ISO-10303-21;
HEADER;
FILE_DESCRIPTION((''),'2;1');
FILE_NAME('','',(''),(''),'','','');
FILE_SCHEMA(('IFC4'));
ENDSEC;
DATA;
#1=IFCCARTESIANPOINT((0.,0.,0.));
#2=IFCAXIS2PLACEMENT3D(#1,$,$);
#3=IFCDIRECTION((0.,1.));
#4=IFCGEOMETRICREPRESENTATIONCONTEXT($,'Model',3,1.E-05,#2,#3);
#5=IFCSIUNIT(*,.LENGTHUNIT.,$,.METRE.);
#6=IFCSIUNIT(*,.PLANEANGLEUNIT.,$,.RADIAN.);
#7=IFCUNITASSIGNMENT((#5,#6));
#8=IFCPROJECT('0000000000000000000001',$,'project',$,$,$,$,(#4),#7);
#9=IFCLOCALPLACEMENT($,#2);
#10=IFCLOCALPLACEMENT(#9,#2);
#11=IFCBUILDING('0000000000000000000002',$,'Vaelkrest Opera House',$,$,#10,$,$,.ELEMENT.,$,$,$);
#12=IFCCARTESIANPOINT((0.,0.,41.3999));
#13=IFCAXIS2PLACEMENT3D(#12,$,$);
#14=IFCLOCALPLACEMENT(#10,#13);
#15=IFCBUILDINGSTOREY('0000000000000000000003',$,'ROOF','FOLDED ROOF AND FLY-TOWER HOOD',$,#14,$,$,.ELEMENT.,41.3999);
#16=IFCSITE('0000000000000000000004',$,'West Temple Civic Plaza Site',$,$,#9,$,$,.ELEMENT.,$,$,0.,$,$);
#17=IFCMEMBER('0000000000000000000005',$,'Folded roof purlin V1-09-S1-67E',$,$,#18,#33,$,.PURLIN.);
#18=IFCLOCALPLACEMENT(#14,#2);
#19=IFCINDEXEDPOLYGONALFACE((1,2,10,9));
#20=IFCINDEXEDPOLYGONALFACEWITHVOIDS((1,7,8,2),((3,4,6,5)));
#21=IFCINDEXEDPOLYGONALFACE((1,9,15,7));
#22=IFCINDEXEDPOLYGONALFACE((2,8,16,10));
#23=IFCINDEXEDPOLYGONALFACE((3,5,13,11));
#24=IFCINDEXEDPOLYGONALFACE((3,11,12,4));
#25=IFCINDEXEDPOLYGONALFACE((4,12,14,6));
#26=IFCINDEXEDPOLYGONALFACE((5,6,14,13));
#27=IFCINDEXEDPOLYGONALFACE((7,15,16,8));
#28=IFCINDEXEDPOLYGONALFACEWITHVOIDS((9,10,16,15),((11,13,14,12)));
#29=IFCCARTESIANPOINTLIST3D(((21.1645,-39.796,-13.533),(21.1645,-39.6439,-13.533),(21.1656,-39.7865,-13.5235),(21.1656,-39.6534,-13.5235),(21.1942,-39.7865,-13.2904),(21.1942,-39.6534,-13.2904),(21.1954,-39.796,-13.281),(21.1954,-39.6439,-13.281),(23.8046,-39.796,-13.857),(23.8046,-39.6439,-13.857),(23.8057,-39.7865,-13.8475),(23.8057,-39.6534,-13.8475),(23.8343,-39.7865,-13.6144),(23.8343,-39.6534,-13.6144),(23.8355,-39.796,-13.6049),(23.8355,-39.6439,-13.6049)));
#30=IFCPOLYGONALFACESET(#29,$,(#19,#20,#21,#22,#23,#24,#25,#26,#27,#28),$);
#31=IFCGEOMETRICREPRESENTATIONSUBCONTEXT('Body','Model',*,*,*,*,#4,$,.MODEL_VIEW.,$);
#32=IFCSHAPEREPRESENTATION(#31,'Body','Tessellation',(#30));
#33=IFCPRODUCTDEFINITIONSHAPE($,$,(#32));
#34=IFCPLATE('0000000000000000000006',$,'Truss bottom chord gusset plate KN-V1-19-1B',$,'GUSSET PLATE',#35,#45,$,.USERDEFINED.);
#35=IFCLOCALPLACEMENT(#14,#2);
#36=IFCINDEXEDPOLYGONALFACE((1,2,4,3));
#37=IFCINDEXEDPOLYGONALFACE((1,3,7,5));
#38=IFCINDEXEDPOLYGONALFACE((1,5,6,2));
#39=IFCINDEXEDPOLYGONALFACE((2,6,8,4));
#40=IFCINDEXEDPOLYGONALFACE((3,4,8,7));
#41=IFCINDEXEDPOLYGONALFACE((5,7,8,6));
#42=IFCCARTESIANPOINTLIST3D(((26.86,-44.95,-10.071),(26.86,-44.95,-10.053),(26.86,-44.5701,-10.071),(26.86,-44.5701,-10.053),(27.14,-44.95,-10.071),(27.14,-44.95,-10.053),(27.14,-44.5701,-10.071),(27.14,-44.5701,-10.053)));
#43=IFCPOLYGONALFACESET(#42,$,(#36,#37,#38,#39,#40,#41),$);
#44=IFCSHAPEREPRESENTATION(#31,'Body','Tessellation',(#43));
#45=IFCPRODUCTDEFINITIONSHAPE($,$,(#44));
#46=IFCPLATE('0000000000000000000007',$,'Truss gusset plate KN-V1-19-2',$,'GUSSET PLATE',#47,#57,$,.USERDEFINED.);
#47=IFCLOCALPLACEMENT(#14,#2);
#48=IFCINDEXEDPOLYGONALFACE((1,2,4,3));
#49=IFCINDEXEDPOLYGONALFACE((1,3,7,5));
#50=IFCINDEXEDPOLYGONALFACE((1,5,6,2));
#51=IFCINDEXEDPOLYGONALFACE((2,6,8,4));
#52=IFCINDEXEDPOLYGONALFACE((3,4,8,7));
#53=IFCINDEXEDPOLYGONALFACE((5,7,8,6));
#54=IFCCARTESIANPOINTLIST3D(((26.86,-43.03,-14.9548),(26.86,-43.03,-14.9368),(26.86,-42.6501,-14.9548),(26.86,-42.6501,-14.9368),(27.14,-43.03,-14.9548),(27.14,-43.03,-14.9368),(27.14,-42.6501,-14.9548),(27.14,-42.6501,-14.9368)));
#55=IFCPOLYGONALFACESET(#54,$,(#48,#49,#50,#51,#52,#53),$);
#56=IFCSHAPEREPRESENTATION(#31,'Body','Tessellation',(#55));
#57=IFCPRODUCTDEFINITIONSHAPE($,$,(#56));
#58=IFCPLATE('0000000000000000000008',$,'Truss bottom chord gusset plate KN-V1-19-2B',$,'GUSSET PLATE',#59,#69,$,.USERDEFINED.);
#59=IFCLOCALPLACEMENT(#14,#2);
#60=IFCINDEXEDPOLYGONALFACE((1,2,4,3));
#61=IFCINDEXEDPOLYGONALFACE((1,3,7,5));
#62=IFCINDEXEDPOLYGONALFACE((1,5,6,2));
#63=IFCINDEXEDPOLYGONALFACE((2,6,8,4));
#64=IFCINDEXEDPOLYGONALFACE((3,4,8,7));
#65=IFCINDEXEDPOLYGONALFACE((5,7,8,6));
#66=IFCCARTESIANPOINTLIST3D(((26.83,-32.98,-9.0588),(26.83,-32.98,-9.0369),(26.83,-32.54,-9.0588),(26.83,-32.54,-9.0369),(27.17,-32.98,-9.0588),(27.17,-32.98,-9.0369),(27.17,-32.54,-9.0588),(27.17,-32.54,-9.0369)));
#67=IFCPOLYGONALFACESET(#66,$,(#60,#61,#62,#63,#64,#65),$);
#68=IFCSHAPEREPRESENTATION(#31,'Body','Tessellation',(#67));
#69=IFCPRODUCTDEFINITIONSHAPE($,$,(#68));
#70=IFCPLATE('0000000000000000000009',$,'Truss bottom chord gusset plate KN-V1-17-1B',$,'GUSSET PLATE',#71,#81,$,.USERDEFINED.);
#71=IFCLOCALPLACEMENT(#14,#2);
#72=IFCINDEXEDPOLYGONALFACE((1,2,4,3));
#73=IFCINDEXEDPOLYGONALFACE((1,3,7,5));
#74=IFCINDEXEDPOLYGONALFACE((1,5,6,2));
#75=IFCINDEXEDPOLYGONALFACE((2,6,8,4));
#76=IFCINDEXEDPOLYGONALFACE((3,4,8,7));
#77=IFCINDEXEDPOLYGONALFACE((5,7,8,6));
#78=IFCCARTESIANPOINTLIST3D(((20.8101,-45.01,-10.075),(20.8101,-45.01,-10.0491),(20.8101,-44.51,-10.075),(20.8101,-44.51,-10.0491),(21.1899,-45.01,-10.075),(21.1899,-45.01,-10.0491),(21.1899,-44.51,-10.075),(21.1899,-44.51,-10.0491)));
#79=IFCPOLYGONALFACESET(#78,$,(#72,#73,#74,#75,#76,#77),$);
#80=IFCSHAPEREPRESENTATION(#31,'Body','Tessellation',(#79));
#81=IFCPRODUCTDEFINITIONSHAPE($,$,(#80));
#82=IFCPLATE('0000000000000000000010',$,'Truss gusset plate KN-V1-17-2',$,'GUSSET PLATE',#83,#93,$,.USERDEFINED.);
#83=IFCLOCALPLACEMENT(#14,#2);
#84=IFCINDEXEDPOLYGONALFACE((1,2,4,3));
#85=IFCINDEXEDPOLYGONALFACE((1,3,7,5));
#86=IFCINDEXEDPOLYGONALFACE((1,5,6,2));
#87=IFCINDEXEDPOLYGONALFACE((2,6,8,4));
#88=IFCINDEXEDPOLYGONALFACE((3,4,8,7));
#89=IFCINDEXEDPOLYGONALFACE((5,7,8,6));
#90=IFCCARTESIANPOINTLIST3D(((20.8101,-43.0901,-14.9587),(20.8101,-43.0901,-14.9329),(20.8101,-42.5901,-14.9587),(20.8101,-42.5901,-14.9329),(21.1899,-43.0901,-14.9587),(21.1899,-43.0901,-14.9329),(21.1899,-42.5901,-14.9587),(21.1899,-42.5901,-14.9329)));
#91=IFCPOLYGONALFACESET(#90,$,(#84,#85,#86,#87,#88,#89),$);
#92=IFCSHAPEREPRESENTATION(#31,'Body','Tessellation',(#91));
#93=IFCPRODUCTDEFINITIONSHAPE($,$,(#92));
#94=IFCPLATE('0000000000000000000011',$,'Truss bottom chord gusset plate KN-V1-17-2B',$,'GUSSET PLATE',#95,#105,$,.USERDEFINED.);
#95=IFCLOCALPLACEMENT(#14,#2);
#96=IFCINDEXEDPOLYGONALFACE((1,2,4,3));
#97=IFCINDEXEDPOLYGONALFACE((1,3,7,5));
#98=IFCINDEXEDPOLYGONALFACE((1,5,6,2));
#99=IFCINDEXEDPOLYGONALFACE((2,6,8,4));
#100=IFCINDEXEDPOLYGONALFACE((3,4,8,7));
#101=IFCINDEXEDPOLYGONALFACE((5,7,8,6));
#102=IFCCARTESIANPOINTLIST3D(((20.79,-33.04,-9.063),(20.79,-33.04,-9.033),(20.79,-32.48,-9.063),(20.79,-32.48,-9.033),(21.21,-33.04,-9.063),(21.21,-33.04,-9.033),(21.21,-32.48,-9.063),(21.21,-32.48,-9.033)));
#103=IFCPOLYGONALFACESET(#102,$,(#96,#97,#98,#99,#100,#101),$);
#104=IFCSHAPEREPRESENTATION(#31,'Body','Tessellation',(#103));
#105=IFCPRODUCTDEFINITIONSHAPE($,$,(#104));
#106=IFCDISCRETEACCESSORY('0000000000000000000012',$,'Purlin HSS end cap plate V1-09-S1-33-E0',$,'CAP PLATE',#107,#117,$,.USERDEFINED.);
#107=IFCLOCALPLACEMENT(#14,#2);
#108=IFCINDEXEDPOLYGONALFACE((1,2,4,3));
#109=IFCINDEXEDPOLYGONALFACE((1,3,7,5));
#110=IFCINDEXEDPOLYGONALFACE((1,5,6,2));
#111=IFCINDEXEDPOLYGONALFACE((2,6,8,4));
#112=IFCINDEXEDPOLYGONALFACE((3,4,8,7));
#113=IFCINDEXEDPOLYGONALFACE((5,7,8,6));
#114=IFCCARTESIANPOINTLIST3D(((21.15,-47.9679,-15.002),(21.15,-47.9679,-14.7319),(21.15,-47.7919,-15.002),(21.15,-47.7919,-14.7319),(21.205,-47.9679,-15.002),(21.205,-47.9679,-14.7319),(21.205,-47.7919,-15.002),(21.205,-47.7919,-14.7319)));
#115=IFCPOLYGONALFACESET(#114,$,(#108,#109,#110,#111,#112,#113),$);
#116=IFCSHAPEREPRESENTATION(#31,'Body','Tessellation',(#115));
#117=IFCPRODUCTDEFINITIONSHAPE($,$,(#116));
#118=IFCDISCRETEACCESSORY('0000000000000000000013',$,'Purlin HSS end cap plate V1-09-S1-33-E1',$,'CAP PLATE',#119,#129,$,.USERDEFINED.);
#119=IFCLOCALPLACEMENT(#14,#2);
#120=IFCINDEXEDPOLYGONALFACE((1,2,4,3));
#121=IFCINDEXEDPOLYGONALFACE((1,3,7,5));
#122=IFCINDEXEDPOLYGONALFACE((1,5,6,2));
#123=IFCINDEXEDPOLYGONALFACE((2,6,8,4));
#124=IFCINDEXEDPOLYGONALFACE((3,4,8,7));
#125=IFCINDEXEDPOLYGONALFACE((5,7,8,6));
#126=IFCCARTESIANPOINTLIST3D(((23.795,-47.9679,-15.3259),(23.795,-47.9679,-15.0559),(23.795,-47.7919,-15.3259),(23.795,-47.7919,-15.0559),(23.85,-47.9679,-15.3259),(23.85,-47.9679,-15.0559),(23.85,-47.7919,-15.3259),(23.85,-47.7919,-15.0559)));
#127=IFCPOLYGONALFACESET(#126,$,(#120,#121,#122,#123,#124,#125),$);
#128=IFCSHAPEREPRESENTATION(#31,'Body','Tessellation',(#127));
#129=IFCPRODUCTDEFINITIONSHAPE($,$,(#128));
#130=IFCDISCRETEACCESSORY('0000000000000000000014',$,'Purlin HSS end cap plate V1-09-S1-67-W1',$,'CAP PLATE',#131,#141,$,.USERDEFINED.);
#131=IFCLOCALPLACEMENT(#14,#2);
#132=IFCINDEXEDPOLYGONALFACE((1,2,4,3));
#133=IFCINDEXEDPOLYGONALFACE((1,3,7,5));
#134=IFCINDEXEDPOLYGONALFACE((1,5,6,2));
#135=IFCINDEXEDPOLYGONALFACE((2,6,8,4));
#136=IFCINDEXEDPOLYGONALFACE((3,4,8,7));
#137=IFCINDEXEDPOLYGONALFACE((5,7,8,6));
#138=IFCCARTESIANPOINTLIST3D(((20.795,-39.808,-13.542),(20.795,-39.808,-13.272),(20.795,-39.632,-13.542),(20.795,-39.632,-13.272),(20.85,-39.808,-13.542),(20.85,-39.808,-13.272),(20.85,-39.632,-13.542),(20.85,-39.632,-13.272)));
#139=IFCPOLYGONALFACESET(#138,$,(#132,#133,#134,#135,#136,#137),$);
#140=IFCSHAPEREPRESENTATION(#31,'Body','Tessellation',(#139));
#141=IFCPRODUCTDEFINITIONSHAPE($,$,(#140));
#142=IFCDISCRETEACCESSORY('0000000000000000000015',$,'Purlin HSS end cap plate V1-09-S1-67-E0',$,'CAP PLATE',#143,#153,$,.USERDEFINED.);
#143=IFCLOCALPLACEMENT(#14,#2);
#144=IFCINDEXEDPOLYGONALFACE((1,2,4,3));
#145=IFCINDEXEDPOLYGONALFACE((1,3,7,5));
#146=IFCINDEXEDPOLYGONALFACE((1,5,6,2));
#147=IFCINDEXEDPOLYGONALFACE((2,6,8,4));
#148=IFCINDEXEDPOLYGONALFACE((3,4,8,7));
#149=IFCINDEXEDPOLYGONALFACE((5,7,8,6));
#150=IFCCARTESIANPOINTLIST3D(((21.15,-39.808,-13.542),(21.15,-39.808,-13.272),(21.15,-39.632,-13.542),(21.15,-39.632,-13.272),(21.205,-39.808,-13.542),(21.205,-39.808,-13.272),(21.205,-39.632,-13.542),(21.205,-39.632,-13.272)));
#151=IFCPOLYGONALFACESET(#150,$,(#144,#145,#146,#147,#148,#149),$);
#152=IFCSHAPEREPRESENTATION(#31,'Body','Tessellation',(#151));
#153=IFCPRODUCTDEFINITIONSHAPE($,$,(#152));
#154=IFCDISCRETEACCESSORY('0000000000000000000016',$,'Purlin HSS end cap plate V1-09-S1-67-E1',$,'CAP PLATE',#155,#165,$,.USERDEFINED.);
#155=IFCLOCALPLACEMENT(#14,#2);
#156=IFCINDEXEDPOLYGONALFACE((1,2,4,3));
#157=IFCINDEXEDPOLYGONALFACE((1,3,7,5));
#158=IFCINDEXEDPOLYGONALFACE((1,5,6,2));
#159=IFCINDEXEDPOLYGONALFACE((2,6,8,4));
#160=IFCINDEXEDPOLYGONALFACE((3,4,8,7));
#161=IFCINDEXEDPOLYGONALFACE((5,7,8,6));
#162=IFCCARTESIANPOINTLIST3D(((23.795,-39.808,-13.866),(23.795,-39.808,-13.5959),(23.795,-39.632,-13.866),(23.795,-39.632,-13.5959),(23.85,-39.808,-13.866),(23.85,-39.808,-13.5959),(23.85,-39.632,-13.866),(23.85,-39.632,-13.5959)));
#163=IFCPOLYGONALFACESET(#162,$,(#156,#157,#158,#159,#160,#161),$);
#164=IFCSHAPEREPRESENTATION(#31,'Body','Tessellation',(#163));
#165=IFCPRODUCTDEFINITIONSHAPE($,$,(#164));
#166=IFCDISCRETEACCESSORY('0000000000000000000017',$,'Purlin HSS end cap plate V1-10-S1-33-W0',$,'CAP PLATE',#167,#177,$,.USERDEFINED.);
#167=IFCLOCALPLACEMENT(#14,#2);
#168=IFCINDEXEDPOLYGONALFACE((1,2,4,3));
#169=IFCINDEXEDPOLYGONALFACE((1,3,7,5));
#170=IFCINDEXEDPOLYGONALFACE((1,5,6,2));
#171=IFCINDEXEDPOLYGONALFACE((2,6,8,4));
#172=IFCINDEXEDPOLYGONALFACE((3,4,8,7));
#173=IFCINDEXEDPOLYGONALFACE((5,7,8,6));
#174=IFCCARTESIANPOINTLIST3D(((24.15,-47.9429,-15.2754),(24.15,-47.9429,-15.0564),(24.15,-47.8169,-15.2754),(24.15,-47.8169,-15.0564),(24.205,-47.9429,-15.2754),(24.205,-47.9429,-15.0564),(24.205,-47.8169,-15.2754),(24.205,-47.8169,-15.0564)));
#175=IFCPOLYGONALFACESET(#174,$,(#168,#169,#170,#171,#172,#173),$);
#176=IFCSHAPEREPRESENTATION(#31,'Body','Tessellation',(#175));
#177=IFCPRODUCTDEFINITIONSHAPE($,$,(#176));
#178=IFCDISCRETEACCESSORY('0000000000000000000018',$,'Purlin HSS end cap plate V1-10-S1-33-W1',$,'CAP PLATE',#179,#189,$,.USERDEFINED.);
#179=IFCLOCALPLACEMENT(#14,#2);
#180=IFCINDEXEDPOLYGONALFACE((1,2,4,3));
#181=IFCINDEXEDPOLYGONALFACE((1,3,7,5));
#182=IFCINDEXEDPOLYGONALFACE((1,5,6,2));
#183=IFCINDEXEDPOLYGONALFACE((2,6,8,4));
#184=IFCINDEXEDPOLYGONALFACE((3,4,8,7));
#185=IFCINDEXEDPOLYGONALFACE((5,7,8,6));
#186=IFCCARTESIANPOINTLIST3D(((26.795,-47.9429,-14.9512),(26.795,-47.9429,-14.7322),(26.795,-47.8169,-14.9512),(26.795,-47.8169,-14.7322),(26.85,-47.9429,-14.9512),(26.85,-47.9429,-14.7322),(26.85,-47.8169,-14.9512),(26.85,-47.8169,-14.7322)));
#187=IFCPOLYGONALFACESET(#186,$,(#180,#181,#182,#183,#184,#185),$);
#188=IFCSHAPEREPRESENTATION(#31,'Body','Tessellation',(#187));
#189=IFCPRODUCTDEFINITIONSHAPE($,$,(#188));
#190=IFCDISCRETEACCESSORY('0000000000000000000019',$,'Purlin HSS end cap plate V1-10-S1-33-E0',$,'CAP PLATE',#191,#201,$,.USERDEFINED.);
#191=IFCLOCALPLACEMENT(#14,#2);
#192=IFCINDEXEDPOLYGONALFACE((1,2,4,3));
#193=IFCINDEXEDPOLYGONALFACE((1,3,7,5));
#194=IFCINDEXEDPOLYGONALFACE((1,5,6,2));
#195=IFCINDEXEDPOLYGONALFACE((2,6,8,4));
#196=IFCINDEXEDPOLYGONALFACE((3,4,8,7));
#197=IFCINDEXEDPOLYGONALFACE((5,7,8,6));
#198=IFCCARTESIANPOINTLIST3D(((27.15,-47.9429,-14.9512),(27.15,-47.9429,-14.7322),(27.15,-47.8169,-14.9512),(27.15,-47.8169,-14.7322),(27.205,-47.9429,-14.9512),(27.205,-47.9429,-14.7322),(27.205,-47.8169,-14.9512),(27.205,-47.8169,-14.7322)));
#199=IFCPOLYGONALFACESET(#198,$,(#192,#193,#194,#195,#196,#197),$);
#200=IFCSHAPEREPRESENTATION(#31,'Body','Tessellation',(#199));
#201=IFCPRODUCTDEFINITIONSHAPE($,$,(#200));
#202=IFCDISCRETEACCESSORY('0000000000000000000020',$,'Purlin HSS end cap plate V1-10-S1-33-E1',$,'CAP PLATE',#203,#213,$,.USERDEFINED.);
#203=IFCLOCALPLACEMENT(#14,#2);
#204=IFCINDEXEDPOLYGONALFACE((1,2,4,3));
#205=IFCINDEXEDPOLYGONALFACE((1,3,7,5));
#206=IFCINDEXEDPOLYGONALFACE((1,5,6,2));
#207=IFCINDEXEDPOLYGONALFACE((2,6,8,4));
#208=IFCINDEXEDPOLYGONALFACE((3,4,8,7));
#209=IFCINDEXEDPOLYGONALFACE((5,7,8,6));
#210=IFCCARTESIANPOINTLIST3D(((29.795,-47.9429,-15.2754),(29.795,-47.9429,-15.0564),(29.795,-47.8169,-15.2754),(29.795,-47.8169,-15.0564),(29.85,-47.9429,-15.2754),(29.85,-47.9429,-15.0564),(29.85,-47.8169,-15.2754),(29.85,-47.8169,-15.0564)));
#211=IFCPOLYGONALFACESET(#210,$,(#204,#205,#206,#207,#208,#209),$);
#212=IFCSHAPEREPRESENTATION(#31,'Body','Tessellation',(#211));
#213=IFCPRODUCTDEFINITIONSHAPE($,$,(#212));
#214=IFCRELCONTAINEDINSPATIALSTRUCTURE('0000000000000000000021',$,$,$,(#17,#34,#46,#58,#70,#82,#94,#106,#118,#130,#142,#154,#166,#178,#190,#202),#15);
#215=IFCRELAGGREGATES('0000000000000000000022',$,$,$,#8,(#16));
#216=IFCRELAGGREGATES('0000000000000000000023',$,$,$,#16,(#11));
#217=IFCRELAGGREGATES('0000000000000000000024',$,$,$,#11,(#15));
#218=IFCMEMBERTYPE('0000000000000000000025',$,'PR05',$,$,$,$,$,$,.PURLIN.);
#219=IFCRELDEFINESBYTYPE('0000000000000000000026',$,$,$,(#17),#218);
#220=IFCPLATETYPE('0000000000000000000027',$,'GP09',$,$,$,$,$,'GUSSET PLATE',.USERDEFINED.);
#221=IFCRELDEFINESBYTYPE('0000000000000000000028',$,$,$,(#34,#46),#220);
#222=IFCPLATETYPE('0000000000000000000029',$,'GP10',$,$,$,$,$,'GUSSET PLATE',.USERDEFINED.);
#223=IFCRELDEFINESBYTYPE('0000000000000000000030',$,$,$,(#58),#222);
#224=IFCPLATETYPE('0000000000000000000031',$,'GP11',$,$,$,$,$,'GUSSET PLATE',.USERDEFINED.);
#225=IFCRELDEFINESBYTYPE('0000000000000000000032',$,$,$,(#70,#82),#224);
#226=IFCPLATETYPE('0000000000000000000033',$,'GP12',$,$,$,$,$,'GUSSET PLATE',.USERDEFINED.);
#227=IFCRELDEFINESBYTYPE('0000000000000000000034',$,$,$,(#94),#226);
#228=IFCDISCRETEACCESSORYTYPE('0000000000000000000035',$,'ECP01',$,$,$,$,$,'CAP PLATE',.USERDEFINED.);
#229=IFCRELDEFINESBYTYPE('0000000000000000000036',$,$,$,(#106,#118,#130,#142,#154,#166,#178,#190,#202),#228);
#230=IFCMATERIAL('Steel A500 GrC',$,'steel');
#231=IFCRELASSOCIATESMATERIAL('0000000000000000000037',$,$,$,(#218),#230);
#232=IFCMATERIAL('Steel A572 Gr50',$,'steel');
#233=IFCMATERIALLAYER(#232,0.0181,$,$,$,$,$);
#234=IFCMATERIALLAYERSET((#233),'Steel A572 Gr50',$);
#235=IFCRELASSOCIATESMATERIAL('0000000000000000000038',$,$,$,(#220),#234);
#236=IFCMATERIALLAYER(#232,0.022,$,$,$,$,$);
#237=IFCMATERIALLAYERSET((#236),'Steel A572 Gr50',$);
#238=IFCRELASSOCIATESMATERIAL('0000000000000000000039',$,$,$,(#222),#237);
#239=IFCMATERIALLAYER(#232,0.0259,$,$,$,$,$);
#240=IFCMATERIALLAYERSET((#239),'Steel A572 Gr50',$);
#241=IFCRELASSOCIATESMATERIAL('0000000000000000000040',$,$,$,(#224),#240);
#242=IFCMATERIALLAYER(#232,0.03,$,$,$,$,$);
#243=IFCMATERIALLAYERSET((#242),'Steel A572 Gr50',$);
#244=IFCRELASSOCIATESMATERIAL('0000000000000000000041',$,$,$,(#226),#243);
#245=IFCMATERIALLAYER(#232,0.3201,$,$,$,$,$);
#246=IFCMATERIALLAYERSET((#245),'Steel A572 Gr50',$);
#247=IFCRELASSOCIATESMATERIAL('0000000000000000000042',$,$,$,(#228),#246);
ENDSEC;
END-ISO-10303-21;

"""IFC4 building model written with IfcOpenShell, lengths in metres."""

from ifc_helpers import new_model, si_unit, direction, frame, origin, origin_2d, place, context, subcontext, project, spatial, rectangle, hollow_rectangle, extrude, material, layer, layer_set, material_profile, profile_set, type_object, element, save


model = new_model("IFC4")

# Units and contexts
model_context = context("Model", 3, precision=1e-05, world=origin(), true_north=direction((0.0, 1.0)))
body_context = subcontext(model_context, "Body", "Model", "MODEL_VIEW")
ifc_project = project(units=[si_unit("LENGTHUNIT", "METRE"), si_unit("PLANEANGLEUNIT", "RADIAN")], contexts=[model_context])

# Site, building, storey
site_placement = place(None, origin())
site = spatial("IfcSite", under=ifc_project, at=site_placement, Name="West Temple Civic Plaza Site", CompositionType="ELEMENT", RefElevation=0.0)
building_placement = place(site_placement, origin())
building = spatial("IfcBuilding", under=site, at=building_placement, Name="Vaelkrest Opera House", CompositionType="ELEMENT")
storey_placement = place(building_placement, frame((0.0, 0.0, 41.3999)))
storey = spatial("IfcBuildingStorey", under=building, at=storey_placement, Name="ROOF", Description="FOLDED ROOF AND FLY-TOWER HOOD", CompositionType="ELEMENT", Elevation=41.3999)

# Member
ifc_material_1 = material(Name="Steel A500 GrC", Category="steel")
ifc_material_profile_1 = material_profile(ifc_material_1, hollow_rectangle(XDim=0.1521, YDim=0.2539, WallThickness=0.0095, at=origin_2d()), Name="HSS254X152X9.5")
ifc_profile_set_1 = profile_set([ifc_material_profile_1], Name="Steel A500 GrC")
member_type_1 = type_object("IfcMemberType", Name="PR05", PredefinedType="PURLIN", material=ifc_profile_set_1)
for number, where, z_axis, x_axis, name in (
    (1, (21.1799, -39.72, -13.407), (0.992555, 0.0, -0.121798), (0.0, 1.0, 0.0), "Folded roof purlin V1-09-S1-67E"),
):
    element("IfcMember", number, at=place(storey_placement, frame(where, z_axis=z_axis, x_axis=x_axis)), inside=storey, type_object=member_type_1, Name=name, PredefinedType="PURLIN", context=body_context, shape_type="SweptSolid", body=[
        extrude(hollow_rectangle(XDim=0.1521, YDim=0.2539, WallThickness=0.0095, at=origin_2d()), origin(), (0.0, 0.0, 1.0), 2.6599),
    ])

# Plates
ifc_material_2 = material(Name="Steel A572 Gr50", Category="steel")
ifc_layer_1 = layer(ifc_material_2, 0.0181)
ifc_layer_set_1 = layer_set([ifc_layer_1], Name="Steel A572 Gr50")
plate_type_1 = type_object("IfcPlateType", Name="GP09", ElementType="GUSSET PLATE", PredefinedType="USERDEFINED", material=ifc_layer_set_1)
for number, where, z_axis, x_axis, name in (
    (2, (27.0, -44.76, -10.071), (0.0, 0.0, 1.0), (0.0, 1.0, 0.0), "Truss bottom chord gusset plate KN-V1-19-1B"),
    (3, (27.0, -42.8401, -14.9548), (0.0, 0.0, 1.0), (0.0, 1.0, 0.0), "Truss gusset plate KN-V1-19-2"),
):
    element("IfcPlate", number, at=place(storey_placement, frame(where, z_axis=z_axis, x_axis=x_axis)), inside=storey, type_object=plate_type_1, Name=name, ObjectType="GUSSET PLATE", PredefinedType="USERDEFINED", context=body_context, shape_type="SweptSolid", body=[
        extrude(rectangle(XDim=0.3799, YDim=0.28, at=origin_2d()), origin(), (0.0, 0.0, 1.0), 0.0181),
    ])
ifc_layer_2 = layer(ifc_material_2, 0.022)
ifc_layer_set_2 = layer_set([ifc_layer_2], Name="Steel A572 Gr50")
plate_type_2 = type_object("IfcPlateType", Name="GP10", ElementType="GUSSET PLATE", PredefinedType="USERDEFINED", material=ifc_layer_set_2)
plate_1_placement = place(storey_placement, frame((27.0, -32.76, -9.0588), z_axis=(0.0, 0.0, 1.0), x_axis=(0.0, 1.0, 0.0)))
element("IfcPlate", 4, at=plate_1_placement, inside=storey, type_object=plate_type_2, Name="Truss bottom chord gusset plate KN-V1-19-2B", ObjectType="GUSSET PLATE", PredefinedType="USERDEFINED", context=body_context, shape_type="SweptSolid", body=[
    extrude(rectangle(XDim=0.4399, YDim=0.3401, at=origin_2d()), origin(), (0.0, 0.0, 1.0), 0.022),
])
ifc_layer_3 = layer(ifc_material_2, 0.0259)
ifc_layer_set_3 = layer_set([ifc_layer_3], Name="Steel A572 Gr50")
plate_type_3 = type_object("IfcPlateType", Name="GP11", ElementType="GUSSET PLATE", PredefinedType="USERDEFINED", material=ifc_layer_set_3)
for number, where, z_axis, x_axis, name in (
    (5, (21.0, -44.76, -10.075), (0.0, 0.0, 1.0), (0.0, 1.0, 0.0), "Truss bottom chord gusset plate KN-V1-17-1B"),
    (6, (21.0, -42.8401, -14.9587), (0.0, 0.0, 1.0), (0.0, 1.0, 0.0), "Truss gusset plate KN-V1-17-2"),
):
    element("IfcPlate", number, at=place(storey_placement, frame(where, z_axis=z_axis, x_axis=x_axis)), inside=storey, type_object=plate_type_3, Name=name, ObjectType="GUSSET PLATE", PredefinedType="USERDEFINED", context=body_context, shape_type="SweptSolid", body=[
        extrude(rectangle(XDim=0.5, YDim=0.3799, at=origin_2d()), origin(), (0.0, 0.0, 1.0), 0.0259),
    ])
ifc_layer_4 = layer(ifc_material_2, 0.03)
ifc_layer_set_4 = layer_set([ifc_layer_4], Name="Steel A572 Gr50")
plate_type_4 = type_object("IfcPlateType", Name="GP12", ElementType="GUSSET PLATE", PredefinedType="USERDEFINED", material=ifc_layer_set_4)
plate_2_placement = place(storey_placement, frame((21.0, -32.76, -9.063), z_axis=(0.0, 0.0, 1.0), x_axis=(0.0, 1.0, 0.0)))
element("IfcPlate", 7, at=plate_2_placement, inside=storey, type_object=plate_type_4, Name="Truss bottom chord gusset plate KN-V1-17-2B", ObjectType="GUSSET PLATE", PredefinedType="USERDEFINED", context=body_context, shape_type="SweptSolid", body=[
    extrude(rectangle(XDim=0.5601, YDim=0.4199, at=origin_2d()), origin(), (0.0, 0.0, 1.0), 0.03),
])

# Discrete accessories
ifc_layer_5 = layer(ifc_material_2, 0.3201)
ifc_layer_set_5 = layer_set([ifc_layer_5], Name="Steel A572 Gr50")
discrete_accessory_type = type_object("IfcDiscreteAccessoryType", Name="ECP01", ElementType="CAP PLATE", PredefinedType="USERDEFINED", material=ifc_layer_set_5)
for number, where, z_axis, x_axis, name in (
    (8, (21.1775, -47.8799, -15.002), (0.0, 0.0, 1.0), (1.0, 0.0, 0.0), "Purlin HSS end cap plate V1-09-S1-33-E0"),
    (9, (23.8225, -47.8799, -15.3259), (0.0, 0.0, 1.0), (1.0, 0.0, 0.0), "Purlin HSS end cap plate V1-09-S1-33-E1"),
    (10, (20.8225, -39.72, -13.542), (0.0, 0.0, 1.0), (1.0, 0.0, 0.0), "Purlin HSS end cap plate V1-09-S1-67-W1"),
    (11, (21.1775, -39.72, -13.542), (0.0, 0.0, 1.0), (1.0, 0.0, 0.0), "Purlin HSS end cap plate V1-09-S1-67-E0"),
    (12, (23.8225, -39.72, -13.866), (0.0, 0.0, 1.0), (1.0, 0.0, 0.0), "Purlin HSS end cap plate V1-09-S1-67-E1"),
):
    element("IfcDiscreteAccessory", number, at=place(storey_placement, frame(where, z_axis=z_axis, x_axis=x_axis)), inside=storey, type_object=discrete_accessory_type, Name=name, ObjectType="CAP PLATE", PredefinedType="USERDEFINED", context=body_context, shape_type="SweptSolid", body=[
        extrude(rectangle(XDim=0.0549, YDim=0.176, at=origin_2d()), origin(), (0.0, 0.0, 1.0), 0.27),
    ])
for number, where, z_axis, x_axis, name in (
    (13, (24.1775, -47.8799, -15.2754), (0.0, 0.0, 1.0), (1.0, 0.0, 0.0), "Purlin HSS end cap plate V1-10-S1-33-W0"),
    (14, (26.8225, -47.8799, -14.9512), (0.0, 0.0, 1.0), (1.0, 0.0, 0.0), "Purlin HSS end cap plate V1-10-S1-33-W1"),
    (15, (27.1775, -47.8799, -14.9512), (0.0, 0.0, 1.0), (1.0, 0.0, 0.0), "Purlin HSS end cap plate V1-10-S1-33-E0"),
    (16, (29.8225, -47.8799, -15.2754), (0.0, 0.0, 1.0), (1.0, 0.0, 0.0), "Purlin HSS end cap plate V1-10-S1-33-E1"),
):
    element("IfcDiscreteAccessory", number, at=place(storey_placement, frame(where, z_axis=z_axis, x_axis=x_axis)), inside=storey, type_object=discrete_accessory_type, Name=name, ObjectType="CAP PLATE", PredefinedType="USERDEFINED", context=body_context, shape_type="SweptSolid", body=[
        extrude(rectangle(XDim=0.0549, YDim=0.126, at=origin_2d()), origin(), (0.0, 0.0, 1.0), 0.219),
    ])

save(model, "model.ifc")
